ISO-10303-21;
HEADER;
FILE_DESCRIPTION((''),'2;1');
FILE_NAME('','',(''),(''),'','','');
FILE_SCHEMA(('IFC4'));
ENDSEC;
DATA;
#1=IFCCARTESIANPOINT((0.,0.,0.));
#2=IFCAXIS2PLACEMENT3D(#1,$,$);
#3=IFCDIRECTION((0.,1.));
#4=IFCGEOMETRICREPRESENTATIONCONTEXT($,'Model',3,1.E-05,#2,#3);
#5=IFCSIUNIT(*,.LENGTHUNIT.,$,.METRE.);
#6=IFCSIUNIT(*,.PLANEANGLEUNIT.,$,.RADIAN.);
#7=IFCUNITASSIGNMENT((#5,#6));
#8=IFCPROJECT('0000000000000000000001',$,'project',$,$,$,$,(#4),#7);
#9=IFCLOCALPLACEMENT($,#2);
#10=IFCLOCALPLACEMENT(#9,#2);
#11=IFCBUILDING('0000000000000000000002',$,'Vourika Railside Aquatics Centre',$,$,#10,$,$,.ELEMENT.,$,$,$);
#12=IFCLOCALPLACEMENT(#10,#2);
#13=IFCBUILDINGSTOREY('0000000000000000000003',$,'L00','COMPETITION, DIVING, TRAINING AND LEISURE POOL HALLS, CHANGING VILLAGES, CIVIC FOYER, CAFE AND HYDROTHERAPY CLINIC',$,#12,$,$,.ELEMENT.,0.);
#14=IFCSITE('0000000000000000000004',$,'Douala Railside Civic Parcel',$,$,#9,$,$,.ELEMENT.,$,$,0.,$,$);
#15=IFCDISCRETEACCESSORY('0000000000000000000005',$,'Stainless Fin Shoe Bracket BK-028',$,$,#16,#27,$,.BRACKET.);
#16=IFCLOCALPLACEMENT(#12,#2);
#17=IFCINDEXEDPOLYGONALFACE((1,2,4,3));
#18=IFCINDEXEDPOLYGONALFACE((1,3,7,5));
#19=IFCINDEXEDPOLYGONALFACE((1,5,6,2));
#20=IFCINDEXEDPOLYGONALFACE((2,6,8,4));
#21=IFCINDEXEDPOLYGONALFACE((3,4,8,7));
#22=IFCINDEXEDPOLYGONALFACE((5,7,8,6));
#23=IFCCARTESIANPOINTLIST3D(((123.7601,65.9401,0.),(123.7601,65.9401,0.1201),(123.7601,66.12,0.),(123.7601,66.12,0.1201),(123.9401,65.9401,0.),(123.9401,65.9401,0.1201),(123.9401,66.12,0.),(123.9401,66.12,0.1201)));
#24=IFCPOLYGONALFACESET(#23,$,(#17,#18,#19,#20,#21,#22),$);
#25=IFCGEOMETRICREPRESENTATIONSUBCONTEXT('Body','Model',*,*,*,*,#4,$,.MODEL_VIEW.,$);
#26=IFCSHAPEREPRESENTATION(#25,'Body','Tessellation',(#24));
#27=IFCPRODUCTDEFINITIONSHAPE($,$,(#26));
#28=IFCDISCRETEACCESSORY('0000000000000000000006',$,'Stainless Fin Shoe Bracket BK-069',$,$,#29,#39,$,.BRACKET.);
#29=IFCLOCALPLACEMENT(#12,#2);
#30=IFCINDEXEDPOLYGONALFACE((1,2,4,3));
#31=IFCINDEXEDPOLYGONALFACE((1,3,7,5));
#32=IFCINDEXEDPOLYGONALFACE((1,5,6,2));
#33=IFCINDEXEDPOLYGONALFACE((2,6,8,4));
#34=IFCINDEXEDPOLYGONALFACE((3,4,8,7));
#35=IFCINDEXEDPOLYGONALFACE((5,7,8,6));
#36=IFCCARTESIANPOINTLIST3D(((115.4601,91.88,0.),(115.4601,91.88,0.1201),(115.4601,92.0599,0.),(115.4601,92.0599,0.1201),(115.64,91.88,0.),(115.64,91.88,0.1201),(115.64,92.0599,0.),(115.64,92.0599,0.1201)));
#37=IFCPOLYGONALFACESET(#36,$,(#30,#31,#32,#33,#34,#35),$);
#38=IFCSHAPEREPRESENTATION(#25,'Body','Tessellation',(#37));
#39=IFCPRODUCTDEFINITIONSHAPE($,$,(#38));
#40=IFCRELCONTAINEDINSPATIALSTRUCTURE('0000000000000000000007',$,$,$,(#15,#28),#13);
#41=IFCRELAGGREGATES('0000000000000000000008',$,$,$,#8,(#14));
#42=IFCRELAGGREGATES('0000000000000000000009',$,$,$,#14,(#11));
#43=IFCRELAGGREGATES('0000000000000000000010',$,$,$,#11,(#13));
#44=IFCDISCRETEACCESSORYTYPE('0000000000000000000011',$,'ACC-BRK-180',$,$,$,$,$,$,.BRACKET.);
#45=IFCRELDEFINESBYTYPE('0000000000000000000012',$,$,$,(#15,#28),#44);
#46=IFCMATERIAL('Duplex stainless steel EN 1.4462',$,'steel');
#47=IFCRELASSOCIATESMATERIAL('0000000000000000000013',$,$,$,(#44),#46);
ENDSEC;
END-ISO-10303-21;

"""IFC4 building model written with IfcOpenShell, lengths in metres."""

from ifc_helpers import new_model, si_unit, direction, frame, origin, origin_2d, place, context, subcontext, project, spatial, rectangle, extrude, material, type_object, element, save


model = new_model("IFC4")

# Units and contexts
model_context = context("Model", 3, precision=1e-05, world=origin(), true_north=direction((0.0, 1.0)))
body_context = subcontext(model_context, "Body", "Model", "MODEL_VIEW")
ifc_project = project(units=[si_unit("LENGTHUNIT", "METRE"), si_unit("PLANEANGLEUNIT", "RADIAN")], contexts=[model_context])

# Site, building, storey
site_placement = place(None, origin())
site = spatial("IfcSite", under=ifc_project, at=site_placement, Name="Douala Railside Civic Parcel", CompositionType="ELEMENT", RefElevation=0.0)
building_placement = place(site_placement, origin())
building = spatial("IfcBuilding", under=site, at=building_placement, Name="Vourika Railside Aquatics Centre", CompositionType="ELEMENT")
storey_placement = place(building_placement, origin())
storey = spatial("IfcBuildingStorey", under=building, at=storey_placement, Name="L00", Description="COMPETITION, DIVING, TRAINING AND LEISURE POOL HALLS, CHANGING VILLAGES, CIVIC FOYER, CAFE AND HYDROTHERAPY CLINIC", CompositionType="ELEMENT", Elevation=0.0)

# Discrete accessories
ifc_material_1 = material(Name="Duplex stainless steel EN 1.4462", Category="steel")
discrete_accessory_type = type_object("IfcDiscreteAccessoryType", Name="ACC-BRK-180", PredefinedType="BRACKET", material=ifc_material_1)
for number, where, z_axis, x_axis, name in (
    (1, (123.8501, 66.03, 0.0), (0.0, 0.0, 1.0), (0.0, 1.0, 0.0), "Stainless Fin Shoe Bracket BK-028"),
    (2, (115.55, 91.97, 0.0), (0.0, 0.0, 1.0), (0.0, -1.0, 0.0), "Stainless Fin Shoe Bracket BK-069"),
):
    element("IfcDiscreteAccessory", number, at=place(storey_placement, frame(where, z_axis=z_axis, x_axis=x_axis)), inside=storey, type_object=discrete_accessory_type, Name=name, PredefinedType="BRACKET", context=body_context, shape_type="SweptSolid", body=[
        extrude(rectangle(XDim=0.1799, YDim=0.1799, at=origin_2d()), origin(), (0.0, 0.0, 1.0), 0.1201),
    ])

save(model, "model.ifc")
